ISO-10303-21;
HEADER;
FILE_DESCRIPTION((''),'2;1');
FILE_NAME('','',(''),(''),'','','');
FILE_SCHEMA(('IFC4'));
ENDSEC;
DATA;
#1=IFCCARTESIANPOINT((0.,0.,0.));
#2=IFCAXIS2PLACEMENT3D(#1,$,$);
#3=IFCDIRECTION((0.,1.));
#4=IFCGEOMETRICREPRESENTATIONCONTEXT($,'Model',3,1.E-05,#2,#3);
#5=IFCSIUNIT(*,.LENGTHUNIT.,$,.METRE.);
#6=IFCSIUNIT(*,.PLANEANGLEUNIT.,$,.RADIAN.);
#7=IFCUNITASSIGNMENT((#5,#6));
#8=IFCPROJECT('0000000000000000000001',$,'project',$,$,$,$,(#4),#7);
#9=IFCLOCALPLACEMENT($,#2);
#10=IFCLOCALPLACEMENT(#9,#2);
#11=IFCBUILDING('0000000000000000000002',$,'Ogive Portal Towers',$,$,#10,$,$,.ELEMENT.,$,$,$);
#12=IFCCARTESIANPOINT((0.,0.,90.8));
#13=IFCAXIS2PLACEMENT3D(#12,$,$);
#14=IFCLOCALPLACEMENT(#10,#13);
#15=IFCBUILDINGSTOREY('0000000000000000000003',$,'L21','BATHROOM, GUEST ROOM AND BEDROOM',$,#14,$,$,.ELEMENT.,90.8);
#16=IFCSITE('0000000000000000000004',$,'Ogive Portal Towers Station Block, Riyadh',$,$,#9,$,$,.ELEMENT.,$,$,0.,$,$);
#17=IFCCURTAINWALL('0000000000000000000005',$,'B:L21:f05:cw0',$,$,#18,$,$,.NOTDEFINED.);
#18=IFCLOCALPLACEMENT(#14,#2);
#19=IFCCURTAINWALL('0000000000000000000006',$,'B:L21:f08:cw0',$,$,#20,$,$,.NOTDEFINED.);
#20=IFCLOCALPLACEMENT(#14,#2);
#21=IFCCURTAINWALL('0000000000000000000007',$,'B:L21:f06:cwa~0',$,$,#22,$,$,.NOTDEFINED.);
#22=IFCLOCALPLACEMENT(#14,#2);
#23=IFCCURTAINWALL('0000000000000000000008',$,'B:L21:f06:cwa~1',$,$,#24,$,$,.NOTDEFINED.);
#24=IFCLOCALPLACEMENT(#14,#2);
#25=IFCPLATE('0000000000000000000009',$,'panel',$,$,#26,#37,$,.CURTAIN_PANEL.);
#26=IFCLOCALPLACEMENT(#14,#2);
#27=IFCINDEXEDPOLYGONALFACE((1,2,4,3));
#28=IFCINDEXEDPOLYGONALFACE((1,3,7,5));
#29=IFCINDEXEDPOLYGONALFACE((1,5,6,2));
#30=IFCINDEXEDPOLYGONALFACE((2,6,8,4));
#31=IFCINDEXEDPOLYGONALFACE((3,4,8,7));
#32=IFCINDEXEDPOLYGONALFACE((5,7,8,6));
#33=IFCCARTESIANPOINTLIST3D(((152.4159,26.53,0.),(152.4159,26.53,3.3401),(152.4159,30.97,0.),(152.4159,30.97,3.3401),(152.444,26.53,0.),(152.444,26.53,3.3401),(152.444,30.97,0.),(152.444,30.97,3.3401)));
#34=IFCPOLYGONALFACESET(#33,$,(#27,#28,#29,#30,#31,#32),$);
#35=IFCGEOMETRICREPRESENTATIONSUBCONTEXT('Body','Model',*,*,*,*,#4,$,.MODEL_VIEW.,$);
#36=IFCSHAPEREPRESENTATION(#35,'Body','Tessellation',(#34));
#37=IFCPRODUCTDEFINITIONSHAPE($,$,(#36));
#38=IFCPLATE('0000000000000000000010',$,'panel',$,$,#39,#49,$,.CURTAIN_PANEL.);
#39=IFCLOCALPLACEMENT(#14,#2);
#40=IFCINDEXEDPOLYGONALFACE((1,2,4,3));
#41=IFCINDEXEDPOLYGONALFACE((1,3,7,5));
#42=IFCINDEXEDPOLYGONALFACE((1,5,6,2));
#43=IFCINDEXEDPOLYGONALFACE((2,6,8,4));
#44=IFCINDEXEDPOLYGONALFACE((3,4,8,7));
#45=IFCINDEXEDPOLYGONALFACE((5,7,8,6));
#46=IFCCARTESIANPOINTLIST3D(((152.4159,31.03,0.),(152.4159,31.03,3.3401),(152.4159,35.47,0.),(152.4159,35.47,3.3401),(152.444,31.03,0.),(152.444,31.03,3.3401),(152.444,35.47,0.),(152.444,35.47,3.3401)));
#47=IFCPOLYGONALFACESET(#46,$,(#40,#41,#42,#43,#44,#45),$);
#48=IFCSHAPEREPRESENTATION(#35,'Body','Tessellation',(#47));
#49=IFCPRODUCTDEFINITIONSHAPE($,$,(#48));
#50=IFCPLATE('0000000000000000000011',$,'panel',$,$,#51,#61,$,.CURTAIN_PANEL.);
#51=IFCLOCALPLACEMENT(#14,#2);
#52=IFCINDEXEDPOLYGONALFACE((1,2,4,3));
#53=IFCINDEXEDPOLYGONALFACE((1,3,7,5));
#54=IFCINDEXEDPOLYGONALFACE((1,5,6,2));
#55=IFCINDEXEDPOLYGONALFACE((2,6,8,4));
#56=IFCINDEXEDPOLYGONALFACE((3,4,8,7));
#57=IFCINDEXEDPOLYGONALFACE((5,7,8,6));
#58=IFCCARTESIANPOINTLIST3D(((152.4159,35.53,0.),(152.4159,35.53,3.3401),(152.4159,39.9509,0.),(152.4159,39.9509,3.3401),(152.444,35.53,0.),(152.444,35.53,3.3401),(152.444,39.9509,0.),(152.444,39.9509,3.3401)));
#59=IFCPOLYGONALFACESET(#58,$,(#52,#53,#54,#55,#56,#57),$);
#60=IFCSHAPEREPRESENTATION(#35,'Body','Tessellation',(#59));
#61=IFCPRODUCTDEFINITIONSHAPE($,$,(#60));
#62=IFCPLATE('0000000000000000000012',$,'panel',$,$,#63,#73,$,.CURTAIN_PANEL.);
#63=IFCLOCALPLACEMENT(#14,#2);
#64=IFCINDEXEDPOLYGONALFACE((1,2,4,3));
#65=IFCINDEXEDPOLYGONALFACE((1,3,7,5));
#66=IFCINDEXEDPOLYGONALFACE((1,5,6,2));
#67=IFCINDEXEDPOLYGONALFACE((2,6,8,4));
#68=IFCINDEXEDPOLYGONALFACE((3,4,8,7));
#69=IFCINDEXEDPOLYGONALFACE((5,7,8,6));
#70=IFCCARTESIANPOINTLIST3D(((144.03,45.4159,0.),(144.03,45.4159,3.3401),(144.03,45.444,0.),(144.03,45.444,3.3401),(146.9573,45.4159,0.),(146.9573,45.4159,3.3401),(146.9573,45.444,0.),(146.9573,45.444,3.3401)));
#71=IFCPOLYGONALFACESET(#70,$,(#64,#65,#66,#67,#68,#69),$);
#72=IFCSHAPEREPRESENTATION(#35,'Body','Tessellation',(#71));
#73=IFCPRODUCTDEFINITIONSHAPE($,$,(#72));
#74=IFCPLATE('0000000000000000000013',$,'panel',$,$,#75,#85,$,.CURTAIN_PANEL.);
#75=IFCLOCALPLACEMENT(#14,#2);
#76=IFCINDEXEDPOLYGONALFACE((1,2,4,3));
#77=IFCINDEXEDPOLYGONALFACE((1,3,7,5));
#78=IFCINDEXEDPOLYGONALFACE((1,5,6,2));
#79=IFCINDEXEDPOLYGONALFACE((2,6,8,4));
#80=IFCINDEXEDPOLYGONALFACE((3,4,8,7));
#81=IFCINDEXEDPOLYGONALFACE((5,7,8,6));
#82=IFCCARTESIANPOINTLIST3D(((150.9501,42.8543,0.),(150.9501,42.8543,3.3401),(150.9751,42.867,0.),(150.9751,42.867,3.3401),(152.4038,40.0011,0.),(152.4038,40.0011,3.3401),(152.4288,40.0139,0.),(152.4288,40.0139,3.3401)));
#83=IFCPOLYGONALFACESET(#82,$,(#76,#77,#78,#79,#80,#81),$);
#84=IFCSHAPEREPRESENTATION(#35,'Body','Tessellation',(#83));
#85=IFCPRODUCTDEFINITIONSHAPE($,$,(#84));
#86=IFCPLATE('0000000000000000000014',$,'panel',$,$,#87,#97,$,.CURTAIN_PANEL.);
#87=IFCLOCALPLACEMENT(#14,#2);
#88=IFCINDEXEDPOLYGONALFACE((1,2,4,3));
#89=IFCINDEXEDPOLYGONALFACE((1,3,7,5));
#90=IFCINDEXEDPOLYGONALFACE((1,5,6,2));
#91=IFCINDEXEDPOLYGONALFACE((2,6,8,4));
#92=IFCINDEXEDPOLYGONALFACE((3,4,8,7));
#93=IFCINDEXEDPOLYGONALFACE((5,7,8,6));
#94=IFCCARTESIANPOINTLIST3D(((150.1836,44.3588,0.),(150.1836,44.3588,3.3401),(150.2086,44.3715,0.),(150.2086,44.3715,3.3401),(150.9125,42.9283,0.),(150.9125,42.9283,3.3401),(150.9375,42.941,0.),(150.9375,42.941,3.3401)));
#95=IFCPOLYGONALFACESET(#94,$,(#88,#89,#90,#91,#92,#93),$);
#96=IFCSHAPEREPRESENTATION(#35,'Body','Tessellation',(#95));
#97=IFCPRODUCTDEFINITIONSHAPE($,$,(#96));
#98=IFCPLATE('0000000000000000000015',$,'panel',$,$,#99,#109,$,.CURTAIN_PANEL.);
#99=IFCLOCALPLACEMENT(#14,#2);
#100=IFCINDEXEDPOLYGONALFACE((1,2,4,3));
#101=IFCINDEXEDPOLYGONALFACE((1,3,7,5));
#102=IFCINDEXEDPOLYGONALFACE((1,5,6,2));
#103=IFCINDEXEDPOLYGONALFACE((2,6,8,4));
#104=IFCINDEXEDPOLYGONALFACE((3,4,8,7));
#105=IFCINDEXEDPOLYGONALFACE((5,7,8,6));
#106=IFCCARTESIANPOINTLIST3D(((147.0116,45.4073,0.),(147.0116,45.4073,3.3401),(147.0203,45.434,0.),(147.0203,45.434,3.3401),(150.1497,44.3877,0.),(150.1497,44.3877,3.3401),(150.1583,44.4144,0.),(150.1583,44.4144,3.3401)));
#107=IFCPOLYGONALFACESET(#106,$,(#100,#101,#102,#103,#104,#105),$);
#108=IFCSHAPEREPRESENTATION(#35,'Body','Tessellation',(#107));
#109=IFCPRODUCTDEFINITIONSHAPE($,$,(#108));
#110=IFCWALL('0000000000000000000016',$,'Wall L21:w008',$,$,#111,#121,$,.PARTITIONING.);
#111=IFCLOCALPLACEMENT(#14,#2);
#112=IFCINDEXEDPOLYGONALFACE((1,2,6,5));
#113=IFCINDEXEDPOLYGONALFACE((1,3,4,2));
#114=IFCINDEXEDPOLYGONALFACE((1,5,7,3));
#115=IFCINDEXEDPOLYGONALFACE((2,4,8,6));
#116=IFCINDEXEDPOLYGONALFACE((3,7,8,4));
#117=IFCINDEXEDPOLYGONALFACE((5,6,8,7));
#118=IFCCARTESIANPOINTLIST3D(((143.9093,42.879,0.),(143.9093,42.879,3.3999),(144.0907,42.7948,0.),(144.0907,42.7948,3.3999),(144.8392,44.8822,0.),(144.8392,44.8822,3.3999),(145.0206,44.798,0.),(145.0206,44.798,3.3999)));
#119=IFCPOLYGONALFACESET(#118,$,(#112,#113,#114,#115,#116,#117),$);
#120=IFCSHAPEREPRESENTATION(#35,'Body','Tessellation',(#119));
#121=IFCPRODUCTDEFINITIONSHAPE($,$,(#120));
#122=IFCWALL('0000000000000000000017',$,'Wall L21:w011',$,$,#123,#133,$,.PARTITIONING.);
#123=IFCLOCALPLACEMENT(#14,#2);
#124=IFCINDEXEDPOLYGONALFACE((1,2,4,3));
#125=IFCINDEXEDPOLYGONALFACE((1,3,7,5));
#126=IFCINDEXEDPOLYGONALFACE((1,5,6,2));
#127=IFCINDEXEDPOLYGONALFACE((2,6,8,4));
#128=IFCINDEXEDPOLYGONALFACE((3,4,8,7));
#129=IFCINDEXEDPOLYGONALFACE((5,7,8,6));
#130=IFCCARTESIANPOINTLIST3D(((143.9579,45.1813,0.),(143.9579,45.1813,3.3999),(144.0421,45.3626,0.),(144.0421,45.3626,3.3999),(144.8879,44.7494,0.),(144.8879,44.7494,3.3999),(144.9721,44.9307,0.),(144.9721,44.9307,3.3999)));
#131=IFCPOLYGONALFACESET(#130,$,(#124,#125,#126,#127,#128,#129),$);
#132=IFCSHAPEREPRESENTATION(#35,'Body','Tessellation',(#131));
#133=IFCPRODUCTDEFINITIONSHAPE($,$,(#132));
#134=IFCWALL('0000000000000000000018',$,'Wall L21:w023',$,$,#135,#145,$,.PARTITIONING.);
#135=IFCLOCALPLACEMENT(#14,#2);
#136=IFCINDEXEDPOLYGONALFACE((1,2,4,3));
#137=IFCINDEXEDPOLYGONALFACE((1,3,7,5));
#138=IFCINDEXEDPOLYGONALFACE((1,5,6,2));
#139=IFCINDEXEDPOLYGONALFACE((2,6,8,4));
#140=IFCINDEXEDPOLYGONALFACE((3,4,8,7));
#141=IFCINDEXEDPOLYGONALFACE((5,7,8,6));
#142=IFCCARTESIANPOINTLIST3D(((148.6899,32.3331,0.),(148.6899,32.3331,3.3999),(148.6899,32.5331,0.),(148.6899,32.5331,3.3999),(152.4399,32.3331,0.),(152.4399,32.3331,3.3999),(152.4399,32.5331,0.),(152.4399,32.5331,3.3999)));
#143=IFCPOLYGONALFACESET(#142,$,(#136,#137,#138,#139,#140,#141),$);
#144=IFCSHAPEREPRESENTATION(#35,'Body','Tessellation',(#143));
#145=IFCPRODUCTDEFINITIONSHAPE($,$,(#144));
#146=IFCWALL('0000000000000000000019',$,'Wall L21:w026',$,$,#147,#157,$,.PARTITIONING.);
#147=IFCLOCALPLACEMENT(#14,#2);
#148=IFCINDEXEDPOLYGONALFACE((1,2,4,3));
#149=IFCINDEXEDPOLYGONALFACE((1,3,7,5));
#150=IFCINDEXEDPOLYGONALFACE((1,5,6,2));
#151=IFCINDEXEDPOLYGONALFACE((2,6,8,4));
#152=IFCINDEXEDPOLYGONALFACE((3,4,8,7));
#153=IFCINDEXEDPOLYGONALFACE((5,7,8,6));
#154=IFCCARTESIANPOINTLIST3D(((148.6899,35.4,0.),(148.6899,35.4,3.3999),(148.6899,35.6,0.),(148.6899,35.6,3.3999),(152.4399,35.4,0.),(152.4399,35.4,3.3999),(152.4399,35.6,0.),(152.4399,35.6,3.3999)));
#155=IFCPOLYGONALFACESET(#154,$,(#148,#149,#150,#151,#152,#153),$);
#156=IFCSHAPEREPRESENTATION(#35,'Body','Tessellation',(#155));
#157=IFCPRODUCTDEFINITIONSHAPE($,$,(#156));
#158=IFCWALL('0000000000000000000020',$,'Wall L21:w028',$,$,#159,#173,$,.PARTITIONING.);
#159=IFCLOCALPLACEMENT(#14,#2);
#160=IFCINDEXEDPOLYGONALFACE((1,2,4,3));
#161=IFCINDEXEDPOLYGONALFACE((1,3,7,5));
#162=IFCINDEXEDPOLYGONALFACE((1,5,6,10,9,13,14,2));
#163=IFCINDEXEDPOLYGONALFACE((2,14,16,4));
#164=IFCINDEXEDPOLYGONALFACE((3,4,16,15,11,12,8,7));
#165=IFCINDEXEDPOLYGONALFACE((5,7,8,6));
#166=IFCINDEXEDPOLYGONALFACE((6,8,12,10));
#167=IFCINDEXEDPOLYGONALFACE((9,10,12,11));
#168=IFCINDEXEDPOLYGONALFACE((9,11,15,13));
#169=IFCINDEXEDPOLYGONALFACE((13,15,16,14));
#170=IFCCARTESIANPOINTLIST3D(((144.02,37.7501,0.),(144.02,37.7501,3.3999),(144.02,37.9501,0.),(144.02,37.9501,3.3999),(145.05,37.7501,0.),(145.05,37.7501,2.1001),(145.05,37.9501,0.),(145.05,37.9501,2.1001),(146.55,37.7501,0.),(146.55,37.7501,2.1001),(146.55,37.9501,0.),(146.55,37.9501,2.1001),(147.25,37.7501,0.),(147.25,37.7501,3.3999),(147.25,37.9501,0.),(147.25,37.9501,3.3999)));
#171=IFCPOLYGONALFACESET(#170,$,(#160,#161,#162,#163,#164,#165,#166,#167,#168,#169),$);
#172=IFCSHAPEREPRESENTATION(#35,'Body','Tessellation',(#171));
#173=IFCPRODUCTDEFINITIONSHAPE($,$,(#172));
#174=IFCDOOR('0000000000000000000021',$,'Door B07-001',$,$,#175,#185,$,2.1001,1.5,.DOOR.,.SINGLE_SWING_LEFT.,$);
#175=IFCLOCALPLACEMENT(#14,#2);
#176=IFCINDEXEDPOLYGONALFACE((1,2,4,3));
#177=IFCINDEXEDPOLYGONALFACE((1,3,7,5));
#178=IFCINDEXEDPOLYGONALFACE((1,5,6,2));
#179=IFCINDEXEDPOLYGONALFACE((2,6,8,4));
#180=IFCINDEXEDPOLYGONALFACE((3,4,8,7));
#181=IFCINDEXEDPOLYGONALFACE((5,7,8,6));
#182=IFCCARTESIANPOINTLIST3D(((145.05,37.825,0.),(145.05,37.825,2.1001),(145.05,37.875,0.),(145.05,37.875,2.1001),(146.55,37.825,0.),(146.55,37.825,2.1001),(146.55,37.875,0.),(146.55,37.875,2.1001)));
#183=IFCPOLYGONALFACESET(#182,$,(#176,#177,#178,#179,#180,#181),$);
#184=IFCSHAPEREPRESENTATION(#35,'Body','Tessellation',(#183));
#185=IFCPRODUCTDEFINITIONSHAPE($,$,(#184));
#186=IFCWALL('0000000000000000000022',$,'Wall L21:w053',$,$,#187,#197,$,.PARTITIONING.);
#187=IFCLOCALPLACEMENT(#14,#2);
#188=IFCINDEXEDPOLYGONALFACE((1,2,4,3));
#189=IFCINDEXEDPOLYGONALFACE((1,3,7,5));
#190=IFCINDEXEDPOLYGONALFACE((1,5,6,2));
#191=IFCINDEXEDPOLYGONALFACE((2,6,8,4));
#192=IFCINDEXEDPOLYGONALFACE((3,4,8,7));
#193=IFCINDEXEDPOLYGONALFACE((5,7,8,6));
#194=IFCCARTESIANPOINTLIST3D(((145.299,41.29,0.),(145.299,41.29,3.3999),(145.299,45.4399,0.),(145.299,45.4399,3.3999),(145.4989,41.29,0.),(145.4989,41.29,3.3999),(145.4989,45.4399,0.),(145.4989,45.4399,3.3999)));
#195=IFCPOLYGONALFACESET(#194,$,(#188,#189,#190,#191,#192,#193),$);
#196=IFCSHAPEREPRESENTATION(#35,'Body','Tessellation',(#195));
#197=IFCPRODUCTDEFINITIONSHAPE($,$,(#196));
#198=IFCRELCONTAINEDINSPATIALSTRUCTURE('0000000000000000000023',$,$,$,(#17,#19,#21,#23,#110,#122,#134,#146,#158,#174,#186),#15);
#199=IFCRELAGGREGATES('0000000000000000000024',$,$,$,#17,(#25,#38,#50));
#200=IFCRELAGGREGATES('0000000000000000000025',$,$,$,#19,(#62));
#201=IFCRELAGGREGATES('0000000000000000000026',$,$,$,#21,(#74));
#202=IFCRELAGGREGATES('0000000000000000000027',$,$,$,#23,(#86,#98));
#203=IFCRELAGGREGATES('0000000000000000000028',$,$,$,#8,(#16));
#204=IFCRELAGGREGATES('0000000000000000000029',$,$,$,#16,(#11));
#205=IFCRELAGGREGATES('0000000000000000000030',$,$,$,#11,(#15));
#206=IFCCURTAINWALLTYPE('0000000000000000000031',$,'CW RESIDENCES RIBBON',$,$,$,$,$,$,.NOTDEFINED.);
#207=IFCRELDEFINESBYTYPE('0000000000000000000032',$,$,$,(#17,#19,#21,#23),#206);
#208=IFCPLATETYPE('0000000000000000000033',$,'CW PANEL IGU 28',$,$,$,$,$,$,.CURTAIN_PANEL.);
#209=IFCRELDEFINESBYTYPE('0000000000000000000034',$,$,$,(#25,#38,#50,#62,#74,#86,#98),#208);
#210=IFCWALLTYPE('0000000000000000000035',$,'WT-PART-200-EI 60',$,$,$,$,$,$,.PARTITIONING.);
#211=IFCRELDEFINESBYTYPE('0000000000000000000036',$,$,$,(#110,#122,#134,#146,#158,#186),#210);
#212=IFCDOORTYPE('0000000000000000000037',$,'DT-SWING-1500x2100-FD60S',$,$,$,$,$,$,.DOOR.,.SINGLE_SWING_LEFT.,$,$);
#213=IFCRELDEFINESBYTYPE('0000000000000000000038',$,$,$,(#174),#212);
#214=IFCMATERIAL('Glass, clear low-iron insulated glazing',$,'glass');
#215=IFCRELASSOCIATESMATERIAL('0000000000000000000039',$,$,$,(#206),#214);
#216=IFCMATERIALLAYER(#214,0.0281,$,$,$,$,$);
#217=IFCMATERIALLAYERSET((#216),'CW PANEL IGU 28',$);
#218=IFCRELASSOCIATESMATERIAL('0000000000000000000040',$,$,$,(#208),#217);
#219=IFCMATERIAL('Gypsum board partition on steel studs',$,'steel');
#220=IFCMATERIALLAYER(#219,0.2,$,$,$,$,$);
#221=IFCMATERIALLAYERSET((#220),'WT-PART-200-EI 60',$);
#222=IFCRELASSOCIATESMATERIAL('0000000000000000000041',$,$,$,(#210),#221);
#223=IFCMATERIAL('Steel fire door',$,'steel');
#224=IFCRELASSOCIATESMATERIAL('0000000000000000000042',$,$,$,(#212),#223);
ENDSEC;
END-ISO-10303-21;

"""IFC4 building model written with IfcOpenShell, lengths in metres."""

from ifc_helpers import new_model, si_unit, direction, frame, frame_2d, origin, origin_2d, place, context, subcontext, project, spatial, rectangle, extrude, material, layer, layer_set, type_object, element, fill, aggregate, save


model = new_model("IFC4")

# Units and contexts
model_context = context("Model", 3, precision=1e-05, world=origin(), true_north=direction((0.0, 1.0)))
body_context = subcontext(model_context, "Body", "Model", "MODEL_VIEW")
ifc_project = project(units=[si_unit("LENGTHUNIT", "METRE"), si_unit("PLANEANGLEUNIT", "RADIAN")], contexts=[model_context])

# Site, building, storey
site_placement = place(None, origin())
site = spatial("IfcSite", under=ifc_project, at=site_placement, Name="Ogive Portal Towers Station Block, Riyadh", CompositionType="ELEMENT", RefElevation=0.0)
building_placement = place(site_placement, origin())
building = spatial("IfcBuilding", under=site, at=building_placement, Name="Ogive Portal Towers", CompositionType="ELEMENT")
storey_placement = place(building_placement, frame((0.0, 0.0, 90.8)))
storey = spatial("IfcBuildingStorey", under=building, at=storey_placement, Name="L21", Description="BATHROOM, GUEST ROOM AND BEDROOM", CompositionType="ELEMENT", Elevation=90.8)

# Curtain walls
ifc_material_1 = material(Name="Glass, clear low-iron insulated glazing", Category="glass")
curtain_wall_type = type_object("IfcCurtainWallType", Name="CW RESIDENCES RIBBON", PredefinedType="NOTDEFINED", material=ifc_material_1)
curtain_wall_1_placement = place(storey_placement, origin())
curtain_wall_1 = element("IfcCurtainWall", 1, at=curtain_wall_1_placement, inside=storey, type_object=curtain_wall_type, Name="B:L21:f05:cw0", PredefinedType="NOTDEFINED")
curtain_wall_2_placement = place(storey_placement, origin())
curtain_wall_2 = element("IfcCurtainWall", 2, at=curtain_wall_2_placement, inside=storey, type_object=curtain_wall_type, Name="B:L21:f08:cw0", PredefinedType="NOTDEFINED")

# Curtain walls
curtain_wall_3_placement = place(storey_placement, origin())
curtain_wall_3 = element("IfcCurtainWall", 3, at=curtain_wall_3_placement, inside=storey, type_object=curtain_wall_type, Name="B:L21:f06:cwa~0", PredefinedType="NOTDEFINED")
curtain_wall_4_placement = place(storey_placement, origin())
curtain_wall_4 = element("IfcCurtainWall", 4, at=curtain_wall_4_placement, inside=storey, type_object=curtain_wall_type, Name="B:L21:f06:cwa~1", PredefinedType="NOTDEFINED")

# Plates
ifc_layer_1 = layer(ifc_material_1, 0.0281)
ifc_layer_set_1 = layer_set([ifc_layer_1], Name="CW PANEL IGU 28")
plate_type = type_object("IfcPlateType", Name="CW PANEL IGU 28", PredefinedType="CURTAIN_PANEL", material=ifc_layer_set_1)
plate_1_placement = place(storey_placement, frame((152.4299, 28.75, 0.0), z_axis=(0.0, 0.0, 1.0), x_axis=(0.0, 1.0, 0.0)))
plate_1 = element("IfcPlate", 5, at=plate_1_placement, type_object=plate_type, Name="panel", PredefinedType="CURTAIN_PANEL", context=body_context, shape_type="SweptSolid", body=[
    extrude(rectangle(XDim=4.4399, YDim=0.0281, at=origin_2d()), origin(), (0.0, 0.0, 1.0), 3.3401),
])
plate_2_placement = place(storey_placement, frame((152.4299, 33.25, 0.0), z_axis=(0.0, 0.0, 1.0), x_axis=(0.0, 1.0, 0.0)))
plate_2 = element("IfcPlate", 6, at=plate_2_placement, type_object=plate_type, Name="panel", PredefinedType="CURTAIN_PANEL", context=body_context, shape_type="SweptSolid", body=[
    extrude(rectangle(XDim=4.4399, YDim=0.0281, at=origin_2d()), origin(), (0.0, 0.0, 1.0), 3.3401),
])
plate_3_placement = place(storey_placement, frame((152.4299, 37.7405, 0.0), z_axis=(0.0, 0.0, 1.0), x_axis=(0.0, 1.0, 0.0)))
plate_3 = element("IfcPlate", 7, at=plate_3_placement, type_object=plate_type, Name="panel", PredefinedType="CURTAIN_PANEL", context=body_context, shape_type="SweptSolid", body=[
    extrude(rectangle(XDim=4.4209, YDim=0.0281, at=origin_2d()), origin(), (0.0, 0.0, 1.0), 3.3401),
])
aggregate(curtain_wall_1, [plate_1, plate_2, plate_3])
plate_4_placement = place(storey_placement, frame((145.4937, 45.4299, 0.0), z_axis=(0.0, 0.0, 1.0), x_axis=(-1.0, 0.0, 0.0)))
plate_4 = element("IfcPlate", 8, at=plate_4_placement, type_object=plate_type, Name="panel", PredefinedType="CURTAIN_PANEL", context=body_context, shape_type="SweptSolid", body=[
    extrude(rectangle(XDim=2.9272, YDim=0.0281, at=origin_2d()), origin(), (0.0, 0.0, 1.0), 3.3401),
])
aggregate(curtain_wall_2, [plate_4])
plate_5_placement = place(storey_placement, frame((151.6895, 41.4341, 0.0), z_axis=(0.0, 0.0, 1.0), x_axis=(-0.45399, 0.891007, 0.0)))
plate_5 = element("IfcPlate", 9, at=plate_5_placement, type_object=plate_type, Name="panel", PredefinedType="CURTAIN_PANEL", context=body_context, shape_type="SweptSolid", body=[
    extrude(rectangle(XDim=3.2021, YDim=0.0281, at=origin_2d()), origin(), (0.0, 0.0, 1.0), 3.3401),
])
aggregate(curtain_wall_3, [plate_5])
plate_6_placement = place(storey_placement, frame((150.5605, 43.6499, 0.0), z_axis=(0.0, 0.0, 1.0), x_axis=(-0.45399, 0.891007, 0.0)))
plate_6 = element("IfcPlate", 10, at=plate_6_placement, type_object=plate_type, Name="panel", PredefinedType="CURTAIN_PANEL", context=body_context, shape_type="SweptSolid", body=[
    extrude(rectangle(XDim=1.6055, YDim=0.0281, at=origin_2d()), origin(), (0.0, 0.0, 1.0), 3.3401),
])
plate_7_placement = place(storey_placement, frame((148.585, 44.9109, 0.0), z_axis=(0.0, 0.0, 1.0), x_axis=(-0.951057, 0.309017, 0.0)))
plate_7 = element("IfcPlate", 11, at=plate_7_placement, type_object=plate_type, Name="panel", PredefinedType="CURTAIN_PANEL", context=body_context, shape_type="SweptSolid", body=[
    extrude(rectangle(XDim=3.2996, YDim=0.0281, at=origin_2d()), origin(), (0.0, 0.0, 1.0), 3.3401),
])
aggregate(curtain_wall_4, [plate_6, plate_7])

# Walls
ifc_material_2 = material(Name="Gypsum board partition on steel studs", Category="steel")
ifc_layer_2 = layer(ifc_material_2, 0.2)
ifc_layer_set_2 = layer_set([ifc_layer_2], Name="WT-PART-200-EI 60")
wall_type = type_object("IfcWallType", Name="WT-PART-200-EI 60", PredefinedType="PARTITIONING", material=ifc_layer_set_2)
wall_1_placement = place(storey_placement, frame((144.0, 42.8369, 0.0), z_axis=(0.0, 0.0, 1.0), x_axis=(0.421069, 0.907029, 0.0)))
element("IfcWall", 12, at=wall_1_placement, inside=storey, type_object=wall_type, Name="Wall L21:w008", PredefinedType="PARTITIONING", context=body_context, shape_type="SweptSolid", body=[
    extrude(rectangle(XDim=2.2085, YDim=0.2, at=frame_2d((1.1042, 0.0))), origin(), (0.0, 0.0, 1.0), 3.3999),
])
wall_2_placement = place(storey_placement, frame((144.0, 45.272, 0.0), z_axis=(0.0, 0.0, 1.0), x_axis=(0.90696, -0.421216, 0.0)))
element("IfcWall", 13, at=wall_2_placement, inside=storey, type_object=wall_type, Name="Wall L21:w011", PredefinedType="PARTITIONING", context=body_context, shape_type="SweptSolid", body=[
    extrude(rectangle(XDim=1.0254, YDim=0.2, at=frame_2d((0.5127, 0.0))), origin(), (0.0, 0.0, 1.0), 3.3999),
])
for number, where, z_axis, x_axis, name in (
    (14, (148.6899, 32.4331, 0.0), (0.0, 0.0, 1.0), (1.0, 0.0, 0.0), "Wall L21:w023"),
    (15, (148.6899, 35.5, 0.0), (0.0, 0.0, 1.0), (1.0, 0.0, 0.0), "Wall L21:w026"),
):
    element("IfcWall", number, at=place(storey_placement, frame(where, z_axis=z_axis, x_axis=x_axis)), inside=storey, type_object=wall_type, Name=name, PredefinedType="PARTITIONING", context=body_context, shape_type="SweptSolid", body=[
        extrude(rectangle(XDim=3.75, YDim=0.2, at=frame_2d((1.875, 0.0))), origin(), (0.0, 0.0, 1.0), 3.3999),
    ])

# Wall, opening, door
wall_3_placement = place(storey_placement, frame((144.02, 37.8501, 0.0), z_axis=(0.0, 0.0, 1.0), x_axis=(1.0, 0.0, 0.0)))
wall_3 = element("IfcWall", 16, at=wall_3_placement, inside=storey, type_object=wall_type, Name="Wall L21:w028", PredefinedType="PARTITIONING", context=body_context, shape_type="SweptSolid", body=[
    extrude(rectangle(XDim=3.23, YDim=0.2, at=frame_2d((1.615, 0.0))), origin(), (0.0, 0.0, 1.0), 3.3999),
])
opening_placement = place(wall_3_placement, frame((1.03, 0.0, 0.0)))
opening = element("IfcOpeningElement", 17, at=opening_placement, cuts=wall_3, PredefinedType="OPENING", context=body_context, shape_type="SweptSolid", body=[
    extrude(rectangle(XDim=1.5, YDim=2.1001, at=frame_2d((0.75, 1.05))), frame((0.0, 0.1099, 0.0), z_axis=(0.0, -1.0, 0.0), x_axis=(1.0, 0.0, 0.0)), (0.0, 0.0, 1.0), 0.22),
])
ifc_material_3 = material(Name="Steel fire door", Category="steel")
door_type = type_object("IfcDoorType", Name="DT-SWING-1500x2100-FD60S", OperationType="SINGLE_SWING_LEFT", PredefinedType="DOOR", material=ifc_material_3)
door_placement = place(opening_placement, origin())
door = element("IfcDoor", 18, at=door_placement, inside=storey, type_object=door_type, Name="Door B07-001", OperationType="SINGLE_SWING_LEFT", OverallHeight=2.1001, OverallWidth=1.5, PredefinedType="DOOR", context=body_context, shape_type="SweptSolid", body=[
    extrude(rectangle(XDim=1.5, YDim=2.1001, at=frame_2d((0.75, 1.05))), frame((0.0, 0.0249, 0.0), z_axis=(0.0, -1.0, 0.0), x_axis=(1.0, 0.0, 0.0)), (0.0, 0.0, 1.0), 0.05),
])
fill(opening, door)

# Wall
wall_4_placement = place(storey_placement, frame((145.3989, 41.29, 0.0), z_axis=(0.0, 0.0, 1.0), x_axis=(0.0, 1.0, 0.0)))
element("IfcWall", 19, at=wall_4_placement, inside=storey, type_object=wall_type, Name="Wall L21:w053", PredefinedType="PARTITIONING", context=body_context, shape_type="SweptSolid", body=[
    extrude(rectangle(XDim=4.1499, YDim=0.2, at=frame_2d((2.075, 0.0))), origin(), (0.0, 0.0, 1.0), 3.3999),
])

save(model, "model.ifc")
